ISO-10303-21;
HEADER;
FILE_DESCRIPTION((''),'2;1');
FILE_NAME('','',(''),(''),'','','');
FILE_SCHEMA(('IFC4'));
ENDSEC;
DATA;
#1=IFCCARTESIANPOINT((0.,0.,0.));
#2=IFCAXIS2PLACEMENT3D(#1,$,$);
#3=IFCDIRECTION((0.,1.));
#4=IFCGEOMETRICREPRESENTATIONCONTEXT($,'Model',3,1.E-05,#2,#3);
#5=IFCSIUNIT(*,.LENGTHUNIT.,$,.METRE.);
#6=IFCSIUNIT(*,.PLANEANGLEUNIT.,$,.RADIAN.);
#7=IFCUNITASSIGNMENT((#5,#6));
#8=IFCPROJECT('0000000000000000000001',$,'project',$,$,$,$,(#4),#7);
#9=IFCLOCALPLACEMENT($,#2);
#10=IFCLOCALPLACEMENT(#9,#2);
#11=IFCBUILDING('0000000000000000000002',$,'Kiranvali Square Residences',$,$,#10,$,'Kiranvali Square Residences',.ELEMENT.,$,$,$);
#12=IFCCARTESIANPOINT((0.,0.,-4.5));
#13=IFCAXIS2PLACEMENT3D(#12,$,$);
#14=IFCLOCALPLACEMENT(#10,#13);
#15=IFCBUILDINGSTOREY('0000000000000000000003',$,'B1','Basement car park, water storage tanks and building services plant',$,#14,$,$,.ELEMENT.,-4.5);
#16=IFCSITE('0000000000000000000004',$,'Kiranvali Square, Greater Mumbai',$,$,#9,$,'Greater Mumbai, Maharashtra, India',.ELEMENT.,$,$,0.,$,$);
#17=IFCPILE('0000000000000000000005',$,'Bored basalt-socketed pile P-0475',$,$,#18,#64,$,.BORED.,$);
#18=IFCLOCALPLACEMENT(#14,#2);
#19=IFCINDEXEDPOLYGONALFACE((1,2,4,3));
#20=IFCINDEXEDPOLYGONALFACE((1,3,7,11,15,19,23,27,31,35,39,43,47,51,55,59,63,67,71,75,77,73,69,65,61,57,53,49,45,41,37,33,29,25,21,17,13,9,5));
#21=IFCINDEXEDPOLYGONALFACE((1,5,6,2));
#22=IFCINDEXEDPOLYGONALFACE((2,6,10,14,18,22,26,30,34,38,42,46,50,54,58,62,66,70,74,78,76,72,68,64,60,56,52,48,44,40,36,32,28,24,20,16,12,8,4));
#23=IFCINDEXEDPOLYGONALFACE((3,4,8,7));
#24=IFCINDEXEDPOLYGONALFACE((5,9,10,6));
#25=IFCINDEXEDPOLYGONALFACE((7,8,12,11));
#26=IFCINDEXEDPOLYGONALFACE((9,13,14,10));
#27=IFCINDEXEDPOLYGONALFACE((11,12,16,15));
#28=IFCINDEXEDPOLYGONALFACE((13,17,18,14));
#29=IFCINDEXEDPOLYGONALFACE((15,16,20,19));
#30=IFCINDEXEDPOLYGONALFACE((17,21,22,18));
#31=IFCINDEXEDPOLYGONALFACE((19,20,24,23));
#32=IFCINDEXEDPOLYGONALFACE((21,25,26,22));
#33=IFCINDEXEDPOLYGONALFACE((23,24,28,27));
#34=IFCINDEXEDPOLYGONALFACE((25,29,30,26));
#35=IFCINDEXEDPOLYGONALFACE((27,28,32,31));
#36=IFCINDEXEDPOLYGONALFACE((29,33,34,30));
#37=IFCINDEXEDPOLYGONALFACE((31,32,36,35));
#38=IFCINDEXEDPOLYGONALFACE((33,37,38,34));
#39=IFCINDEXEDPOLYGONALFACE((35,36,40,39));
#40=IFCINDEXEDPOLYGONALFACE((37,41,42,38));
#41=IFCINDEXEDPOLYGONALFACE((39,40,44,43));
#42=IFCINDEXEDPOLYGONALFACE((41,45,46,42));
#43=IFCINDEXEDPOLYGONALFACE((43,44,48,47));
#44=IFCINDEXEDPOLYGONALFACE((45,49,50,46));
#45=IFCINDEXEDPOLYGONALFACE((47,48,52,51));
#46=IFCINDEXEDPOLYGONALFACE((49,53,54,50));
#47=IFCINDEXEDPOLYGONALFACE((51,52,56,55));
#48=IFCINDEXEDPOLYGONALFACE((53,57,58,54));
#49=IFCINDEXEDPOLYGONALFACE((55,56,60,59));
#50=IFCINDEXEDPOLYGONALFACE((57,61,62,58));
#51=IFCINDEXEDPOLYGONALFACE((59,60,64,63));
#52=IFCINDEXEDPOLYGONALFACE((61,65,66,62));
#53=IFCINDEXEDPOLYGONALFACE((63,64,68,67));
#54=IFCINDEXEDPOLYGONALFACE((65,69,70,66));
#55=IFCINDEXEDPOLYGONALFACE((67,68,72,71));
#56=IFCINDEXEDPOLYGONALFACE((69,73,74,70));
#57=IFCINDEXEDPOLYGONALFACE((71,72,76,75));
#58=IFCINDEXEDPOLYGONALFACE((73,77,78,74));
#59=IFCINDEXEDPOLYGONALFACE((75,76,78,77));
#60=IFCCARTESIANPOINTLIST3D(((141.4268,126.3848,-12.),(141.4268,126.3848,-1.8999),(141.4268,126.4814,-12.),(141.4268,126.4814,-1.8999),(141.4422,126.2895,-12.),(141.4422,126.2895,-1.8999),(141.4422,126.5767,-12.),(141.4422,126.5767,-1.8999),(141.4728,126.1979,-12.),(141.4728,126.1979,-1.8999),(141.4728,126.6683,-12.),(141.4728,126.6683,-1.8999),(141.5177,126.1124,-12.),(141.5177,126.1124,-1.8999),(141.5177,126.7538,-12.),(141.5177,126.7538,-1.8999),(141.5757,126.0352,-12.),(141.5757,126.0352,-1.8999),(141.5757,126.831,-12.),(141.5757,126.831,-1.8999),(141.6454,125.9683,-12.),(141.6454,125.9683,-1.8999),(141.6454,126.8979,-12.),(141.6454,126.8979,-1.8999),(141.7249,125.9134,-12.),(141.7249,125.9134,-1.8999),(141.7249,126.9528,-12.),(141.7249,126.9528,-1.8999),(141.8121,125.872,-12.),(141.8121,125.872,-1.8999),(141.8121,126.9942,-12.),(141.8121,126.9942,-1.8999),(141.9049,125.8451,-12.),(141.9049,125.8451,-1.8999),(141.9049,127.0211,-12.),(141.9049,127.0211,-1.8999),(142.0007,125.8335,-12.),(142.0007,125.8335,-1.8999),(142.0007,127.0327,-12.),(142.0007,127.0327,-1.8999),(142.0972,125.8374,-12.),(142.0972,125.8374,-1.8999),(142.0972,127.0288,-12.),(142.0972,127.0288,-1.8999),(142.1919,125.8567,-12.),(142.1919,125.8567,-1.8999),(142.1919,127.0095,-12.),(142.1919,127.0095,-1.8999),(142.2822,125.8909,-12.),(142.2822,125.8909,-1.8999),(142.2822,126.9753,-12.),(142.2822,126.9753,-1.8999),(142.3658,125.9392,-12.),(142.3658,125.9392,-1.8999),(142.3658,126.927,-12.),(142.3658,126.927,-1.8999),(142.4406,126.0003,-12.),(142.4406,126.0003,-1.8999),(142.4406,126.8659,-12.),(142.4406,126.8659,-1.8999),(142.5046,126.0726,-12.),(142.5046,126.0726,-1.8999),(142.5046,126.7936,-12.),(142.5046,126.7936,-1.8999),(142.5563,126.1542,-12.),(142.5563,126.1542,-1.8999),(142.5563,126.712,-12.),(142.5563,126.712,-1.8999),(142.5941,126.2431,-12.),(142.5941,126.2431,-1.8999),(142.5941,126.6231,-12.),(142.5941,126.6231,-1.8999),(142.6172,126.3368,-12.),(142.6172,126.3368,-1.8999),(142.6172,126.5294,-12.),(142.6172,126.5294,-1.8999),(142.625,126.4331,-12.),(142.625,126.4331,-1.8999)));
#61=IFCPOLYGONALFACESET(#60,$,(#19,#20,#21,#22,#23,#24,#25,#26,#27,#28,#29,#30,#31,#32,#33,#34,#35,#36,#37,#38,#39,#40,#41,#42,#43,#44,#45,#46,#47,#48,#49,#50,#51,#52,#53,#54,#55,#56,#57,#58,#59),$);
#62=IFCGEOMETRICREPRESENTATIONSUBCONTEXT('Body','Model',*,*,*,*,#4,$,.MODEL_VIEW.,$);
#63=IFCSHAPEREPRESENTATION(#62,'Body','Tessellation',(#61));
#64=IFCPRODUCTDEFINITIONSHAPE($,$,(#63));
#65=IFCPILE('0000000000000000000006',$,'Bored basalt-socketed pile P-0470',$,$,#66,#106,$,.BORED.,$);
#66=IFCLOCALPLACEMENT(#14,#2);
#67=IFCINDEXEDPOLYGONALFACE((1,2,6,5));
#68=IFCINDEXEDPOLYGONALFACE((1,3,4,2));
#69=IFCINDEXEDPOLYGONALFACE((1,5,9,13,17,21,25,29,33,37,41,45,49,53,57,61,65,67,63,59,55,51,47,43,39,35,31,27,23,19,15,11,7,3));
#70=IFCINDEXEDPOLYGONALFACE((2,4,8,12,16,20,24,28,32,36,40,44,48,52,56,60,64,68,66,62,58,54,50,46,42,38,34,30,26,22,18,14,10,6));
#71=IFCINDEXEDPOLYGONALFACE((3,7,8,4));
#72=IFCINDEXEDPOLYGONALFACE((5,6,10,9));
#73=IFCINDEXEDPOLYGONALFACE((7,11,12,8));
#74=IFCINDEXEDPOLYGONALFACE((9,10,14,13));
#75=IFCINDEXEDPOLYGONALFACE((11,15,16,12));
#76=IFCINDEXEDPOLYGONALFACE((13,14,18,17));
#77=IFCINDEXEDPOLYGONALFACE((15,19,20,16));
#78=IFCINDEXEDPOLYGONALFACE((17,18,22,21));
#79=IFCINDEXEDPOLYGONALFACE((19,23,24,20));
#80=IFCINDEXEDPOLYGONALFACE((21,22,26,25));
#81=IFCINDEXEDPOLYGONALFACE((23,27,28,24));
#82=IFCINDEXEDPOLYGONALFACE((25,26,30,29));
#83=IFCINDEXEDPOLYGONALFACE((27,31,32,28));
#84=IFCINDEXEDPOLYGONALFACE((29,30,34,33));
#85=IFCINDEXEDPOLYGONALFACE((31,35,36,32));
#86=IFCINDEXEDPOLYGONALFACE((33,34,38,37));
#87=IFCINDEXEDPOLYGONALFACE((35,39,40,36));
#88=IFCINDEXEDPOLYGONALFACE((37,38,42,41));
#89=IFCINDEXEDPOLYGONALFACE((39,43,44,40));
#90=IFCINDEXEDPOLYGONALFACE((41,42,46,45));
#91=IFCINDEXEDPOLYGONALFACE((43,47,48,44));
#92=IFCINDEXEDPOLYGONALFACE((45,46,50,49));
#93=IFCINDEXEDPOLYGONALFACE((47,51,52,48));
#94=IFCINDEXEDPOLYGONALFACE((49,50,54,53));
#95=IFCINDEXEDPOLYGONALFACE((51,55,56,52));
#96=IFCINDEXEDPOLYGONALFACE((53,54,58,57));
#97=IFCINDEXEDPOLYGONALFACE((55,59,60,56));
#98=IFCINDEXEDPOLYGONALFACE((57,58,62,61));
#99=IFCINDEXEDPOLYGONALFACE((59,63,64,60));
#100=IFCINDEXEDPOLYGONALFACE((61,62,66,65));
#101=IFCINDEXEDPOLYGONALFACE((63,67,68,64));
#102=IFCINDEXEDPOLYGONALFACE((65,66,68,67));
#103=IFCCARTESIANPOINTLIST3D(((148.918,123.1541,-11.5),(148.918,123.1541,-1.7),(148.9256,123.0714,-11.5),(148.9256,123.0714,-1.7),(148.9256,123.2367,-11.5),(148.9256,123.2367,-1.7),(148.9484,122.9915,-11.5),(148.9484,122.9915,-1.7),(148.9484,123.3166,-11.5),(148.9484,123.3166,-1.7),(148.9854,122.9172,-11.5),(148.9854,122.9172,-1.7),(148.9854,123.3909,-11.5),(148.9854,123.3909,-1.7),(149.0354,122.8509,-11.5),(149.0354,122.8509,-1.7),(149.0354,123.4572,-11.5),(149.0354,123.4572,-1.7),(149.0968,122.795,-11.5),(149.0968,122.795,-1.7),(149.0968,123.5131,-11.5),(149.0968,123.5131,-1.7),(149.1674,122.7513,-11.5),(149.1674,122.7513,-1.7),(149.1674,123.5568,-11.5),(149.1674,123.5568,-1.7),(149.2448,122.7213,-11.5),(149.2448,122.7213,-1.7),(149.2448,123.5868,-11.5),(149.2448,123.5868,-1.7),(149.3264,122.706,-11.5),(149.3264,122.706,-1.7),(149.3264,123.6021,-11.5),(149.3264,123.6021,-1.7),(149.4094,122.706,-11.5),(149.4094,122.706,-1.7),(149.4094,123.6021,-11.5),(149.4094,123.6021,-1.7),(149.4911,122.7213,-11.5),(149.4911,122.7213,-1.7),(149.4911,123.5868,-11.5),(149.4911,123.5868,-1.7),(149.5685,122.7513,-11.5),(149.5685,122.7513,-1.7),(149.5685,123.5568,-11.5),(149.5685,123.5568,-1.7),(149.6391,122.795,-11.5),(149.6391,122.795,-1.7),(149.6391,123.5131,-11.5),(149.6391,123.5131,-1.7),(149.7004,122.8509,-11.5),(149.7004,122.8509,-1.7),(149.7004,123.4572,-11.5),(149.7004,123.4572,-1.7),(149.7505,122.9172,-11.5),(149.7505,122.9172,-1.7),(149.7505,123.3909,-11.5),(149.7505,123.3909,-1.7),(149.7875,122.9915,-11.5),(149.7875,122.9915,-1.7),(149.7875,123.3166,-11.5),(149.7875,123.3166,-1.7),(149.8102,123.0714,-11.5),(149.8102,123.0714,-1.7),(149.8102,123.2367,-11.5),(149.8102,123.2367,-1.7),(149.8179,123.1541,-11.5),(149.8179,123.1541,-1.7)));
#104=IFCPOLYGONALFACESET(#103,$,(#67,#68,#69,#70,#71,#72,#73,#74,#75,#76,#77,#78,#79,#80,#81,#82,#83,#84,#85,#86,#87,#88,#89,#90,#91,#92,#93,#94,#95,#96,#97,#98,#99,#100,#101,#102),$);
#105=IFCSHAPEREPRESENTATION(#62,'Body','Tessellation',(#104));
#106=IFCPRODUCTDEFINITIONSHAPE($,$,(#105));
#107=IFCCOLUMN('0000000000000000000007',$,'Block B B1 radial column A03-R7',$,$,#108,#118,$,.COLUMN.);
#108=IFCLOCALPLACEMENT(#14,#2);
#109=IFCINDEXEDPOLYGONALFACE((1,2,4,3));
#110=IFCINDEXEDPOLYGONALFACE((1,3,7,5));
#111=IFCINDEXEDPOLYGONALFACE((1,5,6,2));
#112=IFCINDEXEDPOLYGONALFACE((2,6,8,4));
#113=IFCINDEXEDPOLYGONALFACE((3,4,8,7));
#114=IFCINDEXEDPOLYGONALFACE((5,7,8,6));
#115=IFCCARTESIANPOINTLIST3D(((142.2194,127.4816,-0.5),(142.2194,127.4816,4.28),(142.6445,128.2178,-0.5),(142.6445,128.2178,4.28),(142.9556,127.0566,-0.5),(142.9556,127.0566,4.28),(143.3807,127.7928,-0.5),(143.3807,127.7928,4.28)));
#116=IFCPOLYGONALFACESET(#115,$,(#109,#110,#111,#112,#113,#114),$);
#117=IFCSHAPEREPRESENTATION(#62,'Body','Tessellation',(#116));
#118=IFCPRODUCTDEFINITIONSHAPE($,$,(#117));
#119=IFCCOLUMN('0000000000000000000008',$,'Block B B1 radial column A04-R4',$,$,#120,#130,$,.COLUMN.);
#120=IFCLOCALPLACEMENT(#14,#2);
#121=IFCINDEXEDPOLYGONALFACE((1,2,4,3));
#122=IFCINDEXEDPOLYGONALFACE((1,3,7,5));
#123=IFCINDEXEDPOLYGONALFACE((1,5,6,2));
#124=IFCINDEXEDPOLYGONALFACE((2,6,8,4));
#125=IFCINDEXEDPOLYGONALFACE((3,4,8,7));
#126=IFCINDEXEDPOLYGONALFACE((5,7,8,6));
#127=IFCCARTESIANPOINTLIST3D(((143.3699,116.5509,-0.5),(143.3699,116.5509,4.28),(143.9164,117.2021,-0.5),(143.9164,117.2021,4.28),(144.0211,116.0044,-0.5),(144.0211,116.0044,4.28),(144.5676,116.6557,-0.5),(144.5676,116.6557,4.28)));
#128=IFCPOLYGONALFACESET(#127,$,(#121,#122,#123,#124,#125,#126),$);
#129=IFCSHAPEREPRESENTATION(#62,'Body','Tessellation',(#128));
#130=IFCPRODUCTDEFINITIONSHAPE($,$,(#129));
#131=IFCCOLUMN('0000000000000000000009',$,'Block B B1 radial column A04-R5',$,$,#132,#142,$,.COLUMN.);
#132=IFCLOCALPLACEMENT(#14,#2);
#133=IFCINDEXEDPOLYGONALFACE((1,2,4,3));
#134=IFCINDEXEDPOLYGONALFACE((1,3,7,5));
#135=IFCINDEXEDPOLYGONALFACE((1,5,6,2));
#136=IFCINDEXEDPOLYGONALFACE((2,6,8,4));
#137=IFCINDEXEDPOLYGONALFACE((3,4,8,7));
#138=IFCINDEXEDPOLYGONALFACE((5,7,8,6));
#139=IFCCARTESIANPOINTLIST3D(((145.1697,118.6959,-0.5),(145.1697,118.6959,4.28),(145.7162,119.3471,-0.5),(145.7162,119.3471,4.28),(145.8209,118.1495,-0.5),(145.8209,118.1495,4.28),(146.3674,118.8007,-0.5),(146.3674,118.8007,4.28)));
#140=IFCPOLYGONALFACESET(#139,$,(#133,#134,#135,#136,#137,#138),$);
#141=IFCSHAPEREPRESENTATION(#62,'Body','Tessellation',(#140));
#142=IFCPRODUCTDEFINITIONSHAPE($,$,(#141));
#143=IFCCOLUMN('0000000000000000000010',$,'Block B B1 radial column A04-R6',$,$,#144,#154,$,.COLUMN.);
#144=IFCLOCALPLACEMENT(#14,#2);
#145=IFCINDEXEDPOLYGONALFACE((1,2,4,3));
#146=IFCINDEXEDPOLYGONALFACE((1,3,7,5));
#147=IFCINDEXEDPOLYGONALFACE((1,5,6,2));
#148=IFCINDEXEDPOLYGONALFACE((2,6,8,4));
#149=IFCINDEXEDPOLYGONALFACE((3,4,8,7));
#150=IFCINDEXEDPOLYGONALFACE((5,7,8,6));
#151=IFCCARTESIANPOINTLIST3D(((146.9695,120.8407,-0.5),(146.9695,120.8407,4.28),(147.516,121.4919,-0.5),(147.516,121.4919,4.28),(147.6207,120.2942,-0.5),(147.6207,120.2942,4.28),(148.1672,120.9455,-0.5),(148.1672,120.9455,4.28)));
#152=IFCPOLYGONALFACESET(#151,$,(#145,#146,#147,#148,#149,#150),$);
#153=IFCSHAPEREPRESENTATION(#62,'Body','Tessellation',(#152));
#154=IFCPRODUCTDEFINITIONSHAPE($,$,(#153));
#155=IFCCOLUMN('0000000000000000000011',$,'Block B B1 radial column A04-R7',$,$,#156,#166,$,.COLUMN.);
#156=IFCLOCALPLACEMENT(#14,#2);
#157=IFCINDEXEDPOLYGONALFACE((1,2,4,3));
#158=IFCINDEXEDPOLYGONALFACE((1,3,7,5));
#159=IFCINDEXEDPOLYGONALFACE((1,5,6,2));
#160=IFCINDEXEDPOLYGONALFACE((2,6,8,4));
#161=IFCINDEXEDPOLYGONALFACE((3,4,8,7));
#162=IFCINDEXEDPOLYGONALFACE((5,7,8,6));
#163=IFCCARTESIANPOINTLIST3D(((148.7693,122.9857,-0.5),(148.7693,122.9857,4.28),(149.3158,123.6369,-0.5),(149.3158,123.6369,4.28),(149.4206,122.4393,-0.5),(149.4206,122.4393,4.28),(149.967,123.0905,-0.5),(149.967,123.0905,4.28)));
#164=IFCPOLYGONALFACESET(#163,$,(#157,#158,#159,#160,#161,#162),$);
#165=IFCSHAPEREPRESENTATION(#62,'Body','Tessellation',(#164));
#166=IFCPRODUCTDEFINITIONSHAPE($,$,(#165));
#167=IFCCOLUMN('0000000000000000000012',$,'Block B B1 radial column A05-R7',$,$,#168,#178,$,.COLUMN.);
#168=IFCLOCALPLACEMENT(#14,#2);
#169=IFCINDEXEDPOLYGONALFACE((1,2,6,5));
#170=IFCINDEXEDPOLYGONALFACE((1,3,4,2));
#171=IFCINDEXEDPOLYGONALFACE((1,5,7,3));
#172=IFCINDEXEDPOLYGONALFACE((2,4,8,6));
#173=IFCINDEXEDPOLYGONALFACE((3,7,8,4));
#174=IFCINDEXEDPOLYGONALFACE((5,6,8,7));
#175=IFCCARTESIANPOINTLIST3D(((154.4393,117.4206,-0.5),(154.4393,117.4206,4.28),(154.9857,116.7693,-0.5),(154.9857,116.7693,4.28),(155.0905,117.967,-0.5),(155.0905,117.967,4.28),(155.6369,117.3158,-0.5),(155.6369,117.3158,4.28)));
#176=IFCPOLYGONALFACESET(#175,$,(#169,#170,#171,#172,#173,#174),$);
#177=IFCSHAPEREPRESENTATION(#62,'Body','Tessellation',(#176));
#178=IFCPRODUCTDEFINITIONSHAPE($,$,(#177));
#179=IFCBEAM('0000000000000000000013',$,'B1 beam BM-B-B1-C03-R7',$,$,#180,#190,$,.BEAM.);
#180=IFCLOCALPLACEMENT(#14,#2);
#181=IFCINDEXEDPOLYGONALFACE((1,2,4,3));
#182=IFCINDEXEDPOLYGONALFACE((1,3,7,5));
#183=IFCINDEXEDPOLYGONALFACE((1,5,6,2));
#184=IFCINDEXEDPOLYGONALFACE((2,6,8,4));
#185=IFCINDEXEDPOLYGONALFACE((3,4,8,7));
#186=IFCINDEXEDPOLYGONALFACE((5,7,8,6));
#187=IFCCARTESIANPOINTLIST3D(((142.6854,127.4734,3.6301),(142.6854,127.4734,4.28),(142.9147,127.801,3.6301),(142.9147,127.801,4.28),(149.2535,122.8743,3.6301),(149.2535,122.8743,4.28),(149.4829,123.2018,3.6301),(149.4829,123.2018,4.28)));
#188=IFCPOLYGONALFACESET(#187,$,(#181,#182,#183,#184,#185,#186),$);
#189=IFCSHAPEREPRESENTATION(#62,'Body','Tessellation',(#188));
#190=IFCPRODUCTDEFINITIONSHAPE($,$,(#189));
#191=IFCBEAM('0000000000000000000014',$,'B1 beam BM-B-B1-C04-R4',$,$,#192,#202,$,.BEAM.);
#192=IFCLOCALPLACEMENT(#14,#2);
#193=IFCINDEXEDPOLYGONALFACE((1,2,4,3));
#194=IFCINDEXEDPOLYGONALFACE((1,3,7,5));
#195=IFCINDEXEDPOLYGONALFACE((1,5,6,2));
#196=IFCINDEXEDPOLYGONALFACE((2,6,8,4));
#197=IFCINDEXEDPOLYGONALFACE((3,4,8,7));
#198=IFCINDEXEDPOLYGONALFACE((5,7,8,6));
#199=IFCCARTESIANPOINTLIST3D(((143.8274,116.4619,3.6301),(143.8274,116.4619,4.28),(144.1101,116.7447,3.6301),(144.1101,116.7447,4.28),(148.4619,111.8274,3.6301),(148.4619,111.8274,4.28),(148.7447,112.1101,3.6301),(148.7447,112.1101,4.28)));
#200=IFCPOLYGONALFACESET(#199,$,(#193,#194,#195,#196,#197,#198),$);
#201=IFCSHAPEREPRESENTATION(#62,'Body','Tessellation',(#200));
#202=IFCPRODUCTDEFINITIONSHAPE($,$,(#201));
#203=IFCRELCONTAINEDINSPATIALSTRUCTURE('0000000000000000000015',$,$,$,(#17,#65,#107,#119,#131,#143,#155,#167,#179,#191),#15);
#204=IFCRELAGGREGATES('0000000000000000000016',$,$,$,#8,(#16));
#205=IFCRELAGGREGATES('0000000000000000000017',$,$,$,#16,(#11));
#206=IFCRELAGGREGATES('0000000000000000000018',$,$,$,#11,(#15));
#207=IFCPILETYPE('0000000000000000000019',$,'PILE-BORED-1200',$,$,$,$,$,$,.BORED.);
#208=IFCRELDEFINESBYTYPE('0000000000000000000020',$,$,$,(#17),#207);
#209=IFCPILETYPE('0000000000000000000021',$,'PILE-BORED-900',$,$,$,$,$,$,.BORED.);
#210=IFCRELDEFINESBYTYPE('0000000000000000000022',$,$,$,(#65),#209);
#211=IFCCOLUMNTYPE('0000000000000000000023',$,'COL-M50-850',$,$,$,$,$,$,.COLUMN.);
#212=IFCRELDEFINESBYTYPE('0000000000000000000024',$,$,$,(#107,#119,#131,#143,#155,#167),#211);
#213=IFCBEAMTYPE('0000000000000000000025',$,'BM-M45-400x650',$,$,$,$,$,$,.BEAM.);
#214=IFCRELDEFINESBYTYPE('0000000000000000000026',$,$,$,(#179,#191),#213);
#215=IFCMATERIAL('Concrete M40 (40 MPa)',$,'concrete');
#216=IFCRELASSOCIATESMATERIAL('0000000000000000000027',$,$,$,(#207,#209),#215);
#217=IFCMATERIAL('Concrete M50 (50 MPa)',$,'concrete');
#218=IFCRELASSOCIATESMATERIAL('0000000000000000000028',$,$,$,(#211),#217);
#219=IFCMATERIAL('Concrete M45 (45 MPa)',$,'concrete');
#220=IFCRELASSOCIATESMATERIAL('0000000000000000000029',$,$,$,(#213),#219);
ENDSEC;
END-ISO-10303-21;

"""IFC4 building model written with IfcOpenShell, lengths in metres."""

from ifc_helpers import new_model, si_unit, direction, frame, origin, origin_2d, place, context, subcontext, project, spatial, rectangle, circle, extrude, material, material_profile, profile_set, type_object, element, save


model = new_model("IFC4")

# Units and contexts
model_context = context("Model", 3, precision=1e-05, world=origin(), true_north=direction((0.0, 1.0)))
body_context = subcontext(model_context, "Body", "Model", "MODEL_VIEW")
ifc_project = project(units=[si_unit("LENGTHUNIT", "METRE"), si_unit("PLANEANGLEUNIT", "RADIAN")], contexts=[model_context])

# Site, building, storey
site_placement = place(None, origin())
site = spatial("IfcSite", under=ifc_project, at=site_placement, Name="Kiranvali Square, Greater Mumbai", LongName="Greater Mumbai, Maharashtra, India", CompositionType="ELEMENT", RefElevation=0.0)
building_placement = place(site_placement, origin())
building = spatial("IfcBuilding", under=site, at=building_placement, Name="Kiranvali Square Residences", LongName="Kiranvali Square Residences", CompositionType="ELEMENT")
storey_placement = place(building_placement, frame((0.0, 0.0, -4.5)))
storey = spatial("IfcBuildingStorey", under=building, at=storey_placement, Name="B1", Description="Basement car park, water storage tanks and building services plant", CompositionType="ELEMENT", Elevation=-4.5)

# Shared definitions
ifc_material_1 = material(Name="Concrete M40 (40 MPa)", Category="concrete")

# Piles
ifc_material_profile_1 = material_profile(ifc_material_1, circle(Radius=0.6001, at=origin_2d()), Name="BORED PILE 1200")
ifc_profile_set_1 = profile_set([ifc_material_profile_1], Name="Concrete M40 (40 MPa)")
pile_type_1 = type_object("IfcPileType", Name="PILE-BORED-1200", PredefinedType="BORED", material=ifc_profile_set_1)
pile_1_placement = place(storey_placement, frame((142.0249, 126.4331, -1.8999), z_axis=(0.0, 0.0, -1.0), x_axis=(1.0, 0.0, 0.0)))
element("IfcPile", 1, at=pile_1_placement, inside=storey, type_object=pile_type_1, Name="Bored basalt-socketed pile P-0475", PredefinedType="BORED", context=body_context, shape_type="SweptSolid", body=[
    extrude(circle(Radius=0.6001, at=origin_2d()), origin(), (0.0, 0.0, 1.0), 10.1001),
])
ifc_material_profile_2 = material_profile(ifc_material_1, circle(Radius=0.45, at=origin_2d()), Name="BORED PILE 900")
ifc_profile_set_2 = profile_set([ifc_material_profile_2], Name="Concrete M40 (40 MPa)")
pile_type_2 = type_object("IfcPileType", Name="PILE-BORED-900", PredefinedType="BORED", material=ifc_profile_set_2)
pile_2_placement = place(storey_placement, frame((149.3679, 123.1541, -1.7), z_axis=(0.0, 0.0, -1.0), x_axis=(1.0, 0.0, 0.0)))
element("IfcPile", 2, at=pile_2_placement, inside=storey, type_object=pile_type_2, Name="Bored basalt-socketed pile P-0470", PredefinedType="BORED", context=body_context, shape_type="SweptSolid", body=[
    extrude(circle(Radius=0.45, at=origin_2d()), origin(), (0.0, 0.0, 1.0), 9.8),
])

# Columns
ifc_material_2 = material(Name="Concrete M50 (50 MPa)", Category="concrete")
ifc_material_profile_3 = material_profile(ifc_material_2, rectangle(XDim=0.8501, YDim=0.8501, at=origin_2d()), Name="RC 850x850")
ifc_profile_set_3 = profile_set([ifc_material_profile_3], Name="Concrete M50 (50 MPa)")
column_type = type_object("IfcColumnType", Name="COL-M50-850", PredefinedType="COLUMN", material=ifc_profile_set_3)
for number, where, z_axis, x_axis, name in (
    (3, (142.8, 127.6372, -0.5), (0.0, 0.0, 1.0), (-0.866025, 0.5, 0.0), "Block B B1 radial column A03-R7"),
    (4, (143.9688, 116.6033, -0.5), (0.0, 0.0, 1.0), (-0.766044, 0.642788, 0.0), "Block B B1 radial column A04-R4"),
    (5, (145.7686, 118.7483, -0.5), (0.0, 0.0, 1.0), (-0.766044, 0.642788, 0.0), "Block B B1 radial column A04-R5"),
    (6, (147.5684, 120.8931, -0.5), (0.0, 0.0, 1.0), (-0.766044, 0.642788, 0.0), "Block B B1 radial column A04-R6"),
    (7, (149.3682, 123.0381, -0.5), (0.0, 0.0, 1.0), (-0.766044, 0.642788, 0.0), "Block B B1 radial column A04-R7"),
    (8, (155.0381, 117.3682, -0.5), (0.0, 0.0, 1.0), (-0.642788, 0.766044, 0.0), "Block B B1 radial column A05-R7"),
):
    element("IfcColumn", number, at=place(storey_placement, frame(where, z_axis=z_axis, x_axis=x_axis)), inside=storey, type_object=column_type, Name=name, PredefinedType="COLUMN", context=body_context, shape_type="SweptSolid", body=[
        extrude(rectangle(XDim=0.8501, YDim=0.8501, at=origin_2d()), origin(), (0.0, 0.0, 1.0), 4.78),
    ])

# Beams
ifc_material_3 = material(Name="Concrete M45 (45 MPa)", Category="concrete")
ifc_material_profile_4 = material_profile(ifc_material_3, rectangle(XDim=0.3999, YDim=0.6499, at=origin_2d()), Name="RC 400x650")
ifc_profile_set_4 = profile_set([ifc_material_profile_4], Name="Concrete M45 (45 MPa)")
beam_type = type_object("IfcBeamType", Name="BM-M45-400x650", PredefinedType="BEAM", material=ifc_profile_set_4)
beam_1_placement = place(storey_placement, frame((142.8, 127.6372, 3.9551), z_axis=(0.819148, -0.573583, 0.0), x_axis=(0.573583, 0.819148, 0.0)))
element("IfcBeam", 9, at=beam_1_placement, inside=storey, type_object=beam_type, Name="B1 beam BM-B-B1-C03-R7", PredefinedType="BEAM", context=body_context, shape_type="SweptSolid", body=[
    extrude(rectangle(XDim=0.3999, YDim=0.6499, at=origin_2d()), origin(), (0.0, 0.0, 1.0), 8.0183),
])
beam_2_placement = place(storey_placement, frame((143.9688, 116.6033, 3.9551), z_axis=(0.707107, -0.707107, 0.0), x_axis=(0.707107, 0.707107, 0.0)))
element("IfcBeam", 10, at=beam_2_placement, inside=storey, type_object=beam_type, Name="B1 beam BM-B-B1-C04-R4", PredefinedType="BEAM", context=body_context, shape_type="SweptSolid", body=[
    extrude(rectangle(XDim=0.3999, YDim=0.6499, at=origin_2d()), origin(), (0.0, 0.0, 1.0), 6.5542),
])

save(model, "model.ifc")
